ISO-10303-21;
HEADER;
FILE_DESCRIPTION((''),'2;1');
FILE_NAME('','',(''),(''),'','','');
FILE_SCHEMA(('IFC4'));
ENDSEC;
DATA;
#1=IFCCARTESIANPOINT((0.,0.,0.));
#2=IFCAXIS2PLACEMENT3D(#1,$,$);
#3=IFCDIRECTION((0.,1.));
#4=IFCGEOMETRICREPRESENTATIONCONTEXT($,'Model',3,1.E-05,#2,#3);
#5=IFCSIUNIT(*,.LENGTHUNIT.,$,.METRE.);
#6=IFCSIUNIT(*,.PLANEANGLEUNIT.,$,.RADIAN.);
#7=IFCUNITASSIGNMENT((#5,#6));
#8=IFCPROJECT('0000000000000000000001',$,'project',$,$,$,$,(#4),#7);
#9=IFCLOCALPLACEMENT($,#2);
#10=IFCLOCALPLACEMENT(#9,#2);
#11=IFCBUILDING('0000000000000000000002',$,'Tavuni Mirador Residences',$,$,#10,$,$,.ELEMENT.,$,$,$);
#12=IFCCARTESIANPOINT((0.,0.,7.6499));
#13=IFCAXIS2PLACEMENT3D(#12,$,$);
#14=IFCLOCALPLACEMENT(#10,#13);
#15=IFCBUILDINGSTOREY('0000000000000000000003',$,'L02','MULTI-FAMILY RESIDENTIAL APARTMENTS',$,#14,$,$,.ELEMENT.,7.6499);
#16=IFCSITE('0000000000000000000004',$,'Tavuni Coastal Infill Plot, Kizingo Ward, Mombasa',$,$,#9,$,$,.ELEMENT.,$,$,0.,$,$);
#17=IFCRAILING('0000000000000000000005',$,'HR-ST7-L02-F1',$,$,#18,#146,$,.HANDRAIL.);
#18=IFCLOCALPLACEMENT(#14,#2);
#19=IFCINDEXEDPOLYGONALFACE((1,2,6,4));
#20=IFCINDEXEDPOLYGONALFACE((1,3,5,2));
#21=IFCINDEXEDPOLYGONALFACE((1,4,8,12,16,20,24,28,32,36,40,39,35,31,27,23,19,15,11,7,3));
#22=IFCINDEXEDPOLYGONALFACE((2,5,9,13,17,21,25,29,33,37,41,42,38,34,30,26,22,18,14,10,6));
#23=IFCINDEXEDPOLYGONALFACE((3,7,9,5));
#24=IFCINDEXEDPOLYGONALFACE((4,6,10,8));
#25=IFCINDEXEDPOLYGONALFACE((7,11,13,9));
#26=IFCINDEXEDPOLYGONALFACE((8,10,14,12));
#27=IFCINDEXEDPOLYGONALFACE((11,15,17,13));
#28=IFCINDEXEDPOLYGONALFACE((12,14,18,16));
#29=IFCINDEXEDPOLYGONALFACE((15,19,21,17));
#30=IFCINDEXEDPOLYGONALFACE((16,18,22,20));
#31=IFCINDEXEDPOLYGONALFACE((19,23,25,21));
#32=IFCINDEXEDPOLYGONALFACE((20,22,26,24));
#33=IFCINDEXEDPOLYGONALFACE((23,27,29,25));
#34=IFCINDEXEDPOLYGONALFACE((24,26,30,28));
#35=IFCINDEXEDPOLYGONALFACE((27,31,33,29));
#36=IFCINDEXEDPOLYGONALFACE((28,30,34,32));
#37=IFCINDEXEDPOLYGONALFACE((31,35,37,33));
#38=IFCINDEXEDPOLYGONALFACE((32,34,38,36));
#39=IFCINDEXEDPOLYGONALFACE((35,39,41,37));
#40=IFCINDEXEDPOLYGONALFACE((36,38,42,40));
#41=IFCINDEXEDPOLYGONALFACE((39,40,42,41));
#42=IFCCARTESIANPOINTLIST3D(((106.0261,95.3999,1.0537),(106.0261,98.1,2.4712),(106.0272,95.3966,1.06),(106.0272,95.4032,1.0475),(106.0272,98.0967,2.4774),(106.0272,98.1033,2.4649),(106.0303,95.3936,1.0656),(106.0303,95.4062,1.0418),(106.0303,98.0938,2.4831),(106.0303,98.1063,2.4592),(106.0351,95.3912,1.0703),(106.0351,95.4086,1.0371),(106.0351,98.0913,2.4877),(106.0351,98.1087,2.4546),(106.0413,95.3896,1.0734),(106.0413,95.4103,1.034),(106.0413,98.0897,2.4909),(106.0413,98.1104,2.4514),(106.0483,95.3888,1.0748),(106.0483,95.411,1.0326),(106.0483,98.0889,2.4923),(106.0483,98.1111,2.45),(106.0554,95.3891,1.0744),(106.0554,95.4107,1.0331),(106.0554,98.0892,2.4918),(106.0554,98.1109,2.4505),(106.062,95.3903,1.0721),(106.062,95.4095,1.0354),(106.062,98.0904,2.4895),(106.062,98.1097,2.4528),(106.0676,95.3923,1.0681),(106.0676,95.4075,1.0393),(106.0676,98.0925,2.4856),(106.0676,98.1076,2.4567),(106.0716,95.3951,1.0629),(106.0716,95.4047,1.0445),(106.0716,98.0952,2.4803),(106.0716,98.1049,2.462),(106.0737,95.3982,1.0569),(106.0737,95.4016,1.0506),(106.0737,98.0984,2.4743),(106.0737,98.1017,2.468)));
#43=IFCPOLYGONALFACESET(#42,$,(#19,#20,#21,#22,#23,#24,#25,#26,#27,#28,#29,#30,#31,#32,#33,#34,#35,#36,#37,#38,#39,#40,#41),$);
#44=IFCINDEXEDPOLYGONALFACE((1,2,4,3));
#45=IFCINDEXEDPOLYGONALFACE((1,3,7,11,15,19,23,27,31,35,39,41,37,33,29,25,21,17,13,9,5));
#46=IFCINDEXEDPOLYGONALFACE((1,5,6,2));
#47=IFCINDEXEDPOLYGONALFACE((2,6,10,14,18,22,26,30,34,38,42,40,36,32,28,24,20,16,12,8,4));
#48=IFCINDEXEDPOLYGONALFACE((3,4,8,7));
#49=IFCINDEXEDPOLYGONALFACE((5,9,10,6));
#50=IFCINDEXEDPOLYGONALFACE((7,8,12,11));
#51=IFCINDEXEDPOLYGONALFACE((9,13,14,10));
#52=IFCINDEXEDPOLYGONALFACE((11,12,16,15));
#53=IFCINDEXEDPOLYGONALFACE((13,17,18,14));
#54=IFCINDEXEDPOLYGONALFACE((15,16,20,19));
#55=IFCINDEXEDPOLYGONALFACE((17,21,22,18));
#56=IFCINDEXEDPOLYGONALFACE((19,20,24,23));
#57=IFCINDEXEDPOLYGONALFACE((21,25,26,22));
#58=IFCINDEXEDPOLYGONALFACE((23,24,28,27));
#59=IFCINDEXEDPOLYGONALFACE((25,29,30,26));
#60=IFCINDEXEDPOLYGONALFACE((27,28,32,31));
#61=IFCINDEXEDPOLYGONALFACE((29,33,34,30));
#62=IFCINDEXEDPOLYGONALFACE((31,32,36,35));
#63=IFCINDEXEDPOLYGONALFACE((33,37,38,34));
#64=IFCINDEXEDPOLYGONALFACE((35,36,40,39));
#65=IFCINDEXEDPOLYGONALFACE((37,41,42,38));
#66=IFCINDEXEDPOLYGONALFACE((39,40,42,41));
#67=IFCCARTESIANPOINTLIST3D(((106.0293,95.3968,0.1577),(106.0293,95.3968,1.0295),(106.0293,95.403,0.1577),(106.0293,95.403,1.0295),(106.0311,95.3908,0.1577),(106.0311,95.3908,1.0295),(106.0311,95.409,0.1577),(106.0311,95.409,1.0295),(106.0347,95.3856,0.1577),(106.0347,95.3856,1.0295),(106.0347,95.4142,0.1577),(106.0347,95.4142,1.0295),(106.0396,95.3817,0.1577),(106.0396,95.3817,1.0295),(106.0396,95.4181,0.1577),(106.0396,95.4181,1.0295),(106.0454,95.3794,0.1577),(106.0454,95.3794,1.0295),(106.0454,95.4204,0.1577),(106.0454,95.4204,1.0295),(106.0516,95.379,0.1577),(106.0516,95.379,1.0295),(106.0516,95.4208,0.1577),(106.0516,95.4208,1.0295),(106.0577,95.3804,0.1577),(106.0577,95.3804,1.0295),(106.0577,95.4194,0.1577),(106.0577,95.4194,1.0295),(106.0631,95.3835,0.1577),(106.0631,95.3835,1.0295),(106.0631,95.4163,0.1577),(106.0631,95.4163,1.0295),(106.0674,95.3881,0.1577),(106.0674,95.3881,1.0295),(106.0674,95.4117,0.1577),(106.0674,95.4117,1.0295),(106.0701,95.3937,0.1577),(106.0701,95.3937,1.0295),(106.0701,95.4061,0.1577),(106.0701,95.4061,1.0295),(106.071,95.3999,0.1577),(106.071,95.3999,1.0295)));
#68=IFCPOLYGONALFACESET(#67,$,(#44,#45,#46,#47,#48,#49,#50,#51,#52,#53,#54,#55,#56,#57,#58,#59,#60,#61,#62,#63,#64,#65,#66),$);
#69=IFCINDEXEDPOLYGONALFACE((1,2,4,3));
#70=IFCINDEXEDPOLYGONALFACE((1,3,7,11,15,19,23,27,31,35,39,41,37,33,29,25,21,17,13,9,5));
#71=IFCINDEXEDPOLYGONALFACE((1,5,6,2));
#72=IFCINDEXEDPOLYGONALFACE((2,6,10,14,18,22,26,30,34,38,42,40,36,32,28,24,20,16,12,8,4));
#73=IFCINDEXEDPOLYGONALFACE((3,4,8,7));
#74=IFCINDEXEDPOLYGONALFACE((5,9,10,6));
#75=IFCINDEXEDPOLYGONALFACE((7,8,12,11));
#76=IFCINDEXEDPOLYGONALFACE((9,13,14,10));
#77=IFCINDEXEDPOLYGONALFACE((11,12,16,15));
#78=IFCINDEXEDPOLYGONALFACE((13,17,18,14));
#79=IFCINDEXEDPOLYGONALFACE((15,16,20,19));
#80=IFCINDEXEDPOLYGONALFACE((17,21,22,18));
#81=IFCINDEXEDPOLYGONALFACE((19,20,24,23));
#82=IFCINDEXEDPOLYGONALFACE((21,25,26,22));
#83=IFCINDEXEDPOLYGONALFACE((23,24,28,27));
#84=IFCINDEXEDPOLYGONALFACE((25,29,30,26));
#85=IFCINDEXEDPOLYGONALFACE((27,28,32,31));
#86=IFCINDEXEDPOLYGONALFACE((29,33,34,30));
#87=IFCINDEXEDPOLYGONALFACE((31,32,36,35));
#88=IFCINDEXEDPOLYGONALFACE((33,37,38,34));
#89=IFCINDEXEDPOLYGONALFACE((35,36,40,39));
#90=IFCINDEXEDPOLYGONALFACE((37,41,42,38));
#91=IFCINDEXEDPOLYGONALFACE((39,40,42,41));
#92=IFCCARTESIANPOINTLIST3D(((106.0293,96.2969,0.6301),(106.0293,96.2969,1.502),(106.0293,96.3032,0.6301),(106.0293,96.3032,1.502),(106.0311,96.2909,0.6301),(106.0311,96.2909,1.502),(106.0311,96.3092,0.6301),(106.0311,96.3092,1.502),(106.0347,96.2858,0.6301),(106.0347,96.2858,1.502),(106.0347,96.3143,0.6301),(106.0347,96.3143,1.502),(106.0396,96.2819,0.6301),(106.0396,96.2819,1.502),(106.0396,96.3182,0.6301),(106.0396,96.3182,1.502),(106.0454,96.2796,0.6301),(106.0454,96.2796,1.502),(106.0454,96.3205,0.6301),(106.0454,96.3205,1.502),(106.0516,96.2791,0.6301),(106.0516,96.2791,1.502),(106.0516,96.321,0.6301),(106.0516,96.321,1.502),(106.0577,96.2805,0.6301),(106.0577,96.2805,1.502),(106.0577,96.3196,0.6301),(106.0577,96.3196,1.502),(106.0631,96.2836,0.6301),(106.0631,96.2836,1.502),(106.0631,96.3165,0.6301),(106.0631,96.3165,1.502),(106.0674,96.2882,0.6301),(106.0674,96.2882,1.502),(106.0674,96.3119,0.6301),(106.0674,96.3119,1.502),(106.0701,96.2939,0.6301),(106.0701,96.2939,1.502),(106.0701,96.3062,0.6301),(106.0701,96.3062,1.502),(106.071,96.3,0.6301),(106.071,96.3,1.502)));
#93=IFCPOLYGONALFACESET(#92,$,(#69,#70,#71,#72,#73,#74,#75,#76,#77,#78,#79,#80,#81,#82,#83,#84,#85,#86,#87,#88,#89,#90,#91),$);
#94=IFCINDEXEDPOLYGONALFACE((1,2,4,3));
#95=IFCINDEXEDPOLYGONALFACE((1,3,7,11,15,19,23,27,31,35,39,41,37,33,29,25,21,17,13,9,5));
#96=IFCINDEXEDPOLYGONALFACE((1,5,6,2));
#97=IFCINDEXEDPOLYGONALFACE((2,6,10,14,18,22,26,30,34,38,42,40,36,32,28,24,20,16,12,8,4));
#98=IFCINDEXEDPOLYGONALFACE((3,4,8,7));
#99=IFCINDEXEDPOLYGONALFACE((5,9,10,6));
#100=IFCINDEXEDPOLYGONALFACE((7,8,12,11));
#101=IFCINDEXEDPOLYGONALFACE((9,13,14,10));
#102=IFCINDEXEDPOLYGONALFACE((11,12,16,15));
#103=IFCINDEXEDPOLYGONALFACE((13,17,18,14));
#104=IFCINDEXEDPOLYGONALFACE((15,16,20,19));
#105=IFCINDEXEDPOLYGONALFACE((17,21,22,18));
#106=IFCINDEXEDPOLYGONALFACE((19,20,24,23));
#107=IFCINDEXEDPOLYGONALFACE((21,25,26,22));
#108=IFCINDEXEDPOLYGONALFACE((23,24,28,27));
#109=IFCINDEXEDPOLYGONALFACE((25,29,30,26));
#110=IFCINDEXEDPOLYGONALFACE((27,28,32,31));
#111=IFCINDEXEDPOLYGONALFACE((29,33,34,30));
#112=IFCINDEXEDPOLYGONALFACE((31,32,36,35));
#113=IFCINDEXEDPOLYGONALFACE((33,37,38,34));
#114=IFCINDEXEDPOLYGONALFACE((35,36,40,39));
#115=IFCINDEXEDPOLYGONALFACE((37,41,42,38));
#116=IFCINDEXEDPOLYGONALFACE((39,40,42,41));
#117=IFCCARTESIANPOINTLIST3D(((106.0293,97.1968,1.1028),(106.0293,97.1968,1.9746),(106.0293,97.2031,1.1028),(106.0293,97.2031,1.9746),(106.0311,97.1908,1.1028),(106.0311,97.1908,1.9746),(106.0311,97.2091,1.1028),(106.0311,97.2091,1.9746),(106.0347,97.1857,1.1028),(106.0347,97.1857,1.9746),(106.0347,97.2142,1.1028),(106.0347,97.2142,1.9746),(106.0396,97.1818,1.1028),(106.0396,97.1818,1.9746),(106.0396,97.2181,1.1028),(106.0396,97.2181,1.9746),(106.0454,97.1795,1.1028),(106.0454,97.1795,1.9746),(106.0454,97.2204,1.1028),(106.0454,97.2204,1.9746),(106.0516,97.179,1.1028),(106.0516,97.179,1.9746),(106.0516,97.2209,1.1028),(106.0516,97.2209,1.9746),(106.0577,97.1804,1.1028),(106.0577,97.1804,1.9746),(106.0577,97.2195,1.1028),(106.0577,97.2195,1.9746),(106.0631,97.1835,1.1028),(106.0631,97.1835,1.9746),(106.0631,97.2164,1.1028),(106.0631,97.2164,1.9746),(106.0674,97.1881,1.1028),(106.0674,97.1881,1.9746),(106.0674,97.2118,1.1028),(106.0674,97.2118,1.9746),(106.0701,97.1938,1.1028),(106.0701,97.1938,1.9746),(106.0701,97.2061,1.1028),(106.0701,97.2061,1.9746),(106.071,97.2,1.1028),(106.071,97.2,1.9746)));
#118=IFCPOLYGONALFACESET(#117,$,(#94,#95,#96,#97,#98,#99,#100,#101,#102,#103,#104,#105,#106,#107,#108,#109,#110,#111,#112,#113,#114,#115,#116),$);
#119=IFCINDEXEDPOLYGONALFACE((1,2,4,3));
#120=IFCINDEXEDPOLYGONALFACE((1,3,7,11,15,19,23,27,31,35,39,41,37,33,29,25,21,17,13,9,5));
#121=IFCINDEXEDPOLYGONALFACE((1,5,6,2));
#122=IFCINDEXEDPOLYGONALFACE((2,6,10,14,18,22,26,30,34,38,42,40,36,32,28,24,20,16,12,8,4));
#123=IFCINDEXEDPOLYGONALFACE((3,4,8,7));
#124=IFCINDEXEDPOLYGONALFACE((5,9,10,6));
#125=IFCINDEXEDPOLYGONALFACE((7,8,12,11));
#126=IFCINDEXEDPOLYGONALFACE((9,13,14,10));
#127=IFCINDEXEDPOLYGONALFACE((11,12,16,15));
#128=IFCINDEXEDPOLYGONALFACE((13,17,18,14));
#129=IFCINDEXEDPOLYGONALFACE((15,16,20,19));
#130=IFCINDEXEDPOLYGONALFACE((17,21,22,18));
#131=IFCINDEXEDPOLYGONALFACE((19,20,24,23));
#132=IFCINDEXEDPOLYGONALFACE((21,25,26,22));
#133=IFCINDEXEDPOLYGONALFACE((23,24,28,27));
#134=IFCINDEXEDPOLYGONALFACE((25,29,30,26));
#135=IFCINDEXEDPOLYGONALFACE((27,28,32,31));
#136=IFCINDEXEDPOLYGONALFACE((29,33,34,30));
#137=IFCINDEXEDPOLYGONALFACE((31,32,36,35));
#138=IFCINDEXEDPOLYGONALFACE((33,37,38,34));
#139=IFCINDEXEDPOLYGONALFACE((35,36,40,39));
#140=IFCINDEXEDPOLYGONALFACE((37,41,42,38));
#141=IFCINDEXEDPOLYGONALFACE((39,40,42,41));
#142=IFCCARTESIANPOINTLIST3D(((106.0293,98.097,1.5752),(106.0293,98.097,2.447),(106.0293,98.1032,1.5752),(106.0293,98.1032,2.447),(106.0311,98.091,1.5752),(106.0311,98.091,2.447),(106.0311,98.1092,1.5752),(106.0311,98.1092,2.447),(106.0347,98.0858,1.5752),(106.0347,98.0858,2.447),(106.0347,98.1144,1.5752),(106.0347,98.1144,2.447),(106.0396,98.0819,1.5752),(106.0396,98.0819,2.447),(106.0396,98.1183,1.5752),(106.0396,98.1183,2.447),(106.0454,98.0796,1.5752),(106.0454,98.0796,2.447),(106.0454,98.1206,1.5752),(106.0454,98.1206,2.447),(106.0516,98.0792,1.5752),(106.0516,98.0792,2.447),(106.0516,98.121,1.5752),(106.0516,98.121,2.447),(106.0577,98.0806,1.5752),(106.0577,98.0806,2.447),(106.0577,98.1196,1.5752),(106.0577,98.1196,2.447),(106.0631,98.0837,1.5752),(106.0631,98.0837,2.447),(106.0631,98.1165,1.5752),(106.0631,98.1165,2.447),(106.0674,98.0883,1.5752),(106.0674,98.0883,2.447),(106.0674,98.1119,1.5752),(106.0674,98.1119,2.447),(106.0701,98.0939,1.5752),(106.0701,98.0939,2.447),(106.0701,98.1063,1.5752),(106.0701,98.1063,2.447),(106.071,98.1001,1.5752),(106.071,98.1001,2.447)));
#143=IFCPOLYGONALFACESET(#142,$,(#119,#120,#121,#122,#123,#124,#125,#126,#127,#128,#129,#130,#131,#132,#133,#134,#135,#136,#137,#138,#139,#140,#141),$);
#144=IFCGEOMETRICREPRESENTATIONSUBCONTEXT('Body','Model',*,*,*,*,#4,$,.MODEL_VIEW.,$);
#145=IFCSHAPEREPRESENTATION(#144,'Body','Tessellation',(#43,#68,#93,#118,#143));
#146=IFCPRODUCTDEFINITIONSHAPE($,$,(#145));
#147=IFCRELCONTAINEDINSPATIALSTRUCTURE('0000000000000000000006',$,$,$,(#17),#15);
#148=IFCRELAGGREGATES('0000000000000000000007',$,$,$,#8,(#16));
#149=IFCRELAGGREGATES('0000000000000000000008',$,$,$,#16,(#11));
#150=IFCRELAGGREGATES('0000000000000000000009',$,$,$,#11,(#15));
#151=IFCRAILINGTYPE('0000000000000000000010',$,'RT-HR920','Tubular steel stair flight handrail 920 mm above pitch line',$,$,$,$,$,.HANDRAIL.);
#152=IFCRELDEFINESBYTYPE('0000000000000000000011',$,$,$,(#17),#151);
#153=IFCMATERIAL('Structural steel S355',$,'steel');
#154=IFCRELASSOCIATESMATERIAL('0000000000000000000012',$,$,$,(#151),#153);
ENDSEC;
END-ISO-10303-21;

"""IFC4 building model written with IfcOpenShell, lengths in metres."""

from ifc_helpers import new_model, si_unit, direction, frame, origin, origin_2d, place, context, subcontext, project, spatial, circle, extrude, material, type_object, element, save


model = new_model("IFC4")

# Units and contexts
model_context = context("Model", 3, precision=1e-05, world=origin(), true_north=direction((0.0, 1.0)))
body_context = subcontext(model_context, "Body", "Model", "MODEL_VIEW")
ifc_project = project(units=[si_unit("LENGTHUNIT", "METRE"), si_unit("PLANEANGLEUNIT", "RADIAN")], contexts=[model_context])

# Site, building, storey
site_placement = place(None, origin())
site = spatial("IfcSite", under=ifc_project, at=site_placement, Name="Tavuni Coastal Infill Plot, Kizingo Ward, Mombasa", CompositionType="ELEMENT", RefElevation=0.0)
building_placement = place(site_placement, origin())
building = spatial("IfcBuilding", under=site, at=building_placement, Name="Tavuni Mirador Residences", CompositionType="ELEMENT")
storey_placement = place(building_placement, frame((0.0, 0.0, 7.6499)))
storey = spatial("IfcBuildingStorey", under=building, at=storey_placement, Name="L02", Description="MULTI-FAMILY RESIDENTIAL APARTMENTS", CompositionType="ELEMENT", Elevation=7.6499)

# Shared definitions
ifc_material_1 = material(Name="Structural steel S355", Category="steel")

# Railing
railing_type_1 = type_object("IfcRailingType", Name="RT-HR920", Description="Tubular steel stair flight handrail 920 mm above pitch line", PredefinedType="HANDRAIL", material=ifc_material_1)
railing_1_placement = place(storey_placement, frame((106.05, 95.3999, 0.1577)))
element("IfcRailing", 1, at=railing_1_placement, inside=storey, type_object=railing_type_1, Name="HR-ST7-L02-F1", PredefinedType="HANDRAIL", context=body_context, shape_type="SweptSolid", body=[
    extrude(circle(Radius=0.0239, at=origin_2d()), frame((0.0, 0.0, 0.896), z_axis=(0.0, 0.885414, 0.464803), x_axis=(-1.0, 0.0, 0.0)), (0.0, 0.0, 1.0), 3.0496),
    extrude(circle(Radius=0.021, at=origin_2d()), origin(), (0.0, 0.0, 1.0), 0.8718),
    extrude(circle(Radius=0.021, at=origin_2d()), frame((0.0, 0.9001, 0.4724)), (0.0, 0.0, 1.0), 0.8718),
    extrude(circle(Radius=0.021, at=origin_2d()), frame((0.0, 1.8, 0.9451)), (0.0, 0.0, 1.0), 0.8718),
    extrude(circle(Radius=0.021, at=origin_2d()), frame((0.0, 2.7002, 1.4175)), (0.0, 0.0, 1.0), 0.8718),
])

save(model, "model.ifc")
